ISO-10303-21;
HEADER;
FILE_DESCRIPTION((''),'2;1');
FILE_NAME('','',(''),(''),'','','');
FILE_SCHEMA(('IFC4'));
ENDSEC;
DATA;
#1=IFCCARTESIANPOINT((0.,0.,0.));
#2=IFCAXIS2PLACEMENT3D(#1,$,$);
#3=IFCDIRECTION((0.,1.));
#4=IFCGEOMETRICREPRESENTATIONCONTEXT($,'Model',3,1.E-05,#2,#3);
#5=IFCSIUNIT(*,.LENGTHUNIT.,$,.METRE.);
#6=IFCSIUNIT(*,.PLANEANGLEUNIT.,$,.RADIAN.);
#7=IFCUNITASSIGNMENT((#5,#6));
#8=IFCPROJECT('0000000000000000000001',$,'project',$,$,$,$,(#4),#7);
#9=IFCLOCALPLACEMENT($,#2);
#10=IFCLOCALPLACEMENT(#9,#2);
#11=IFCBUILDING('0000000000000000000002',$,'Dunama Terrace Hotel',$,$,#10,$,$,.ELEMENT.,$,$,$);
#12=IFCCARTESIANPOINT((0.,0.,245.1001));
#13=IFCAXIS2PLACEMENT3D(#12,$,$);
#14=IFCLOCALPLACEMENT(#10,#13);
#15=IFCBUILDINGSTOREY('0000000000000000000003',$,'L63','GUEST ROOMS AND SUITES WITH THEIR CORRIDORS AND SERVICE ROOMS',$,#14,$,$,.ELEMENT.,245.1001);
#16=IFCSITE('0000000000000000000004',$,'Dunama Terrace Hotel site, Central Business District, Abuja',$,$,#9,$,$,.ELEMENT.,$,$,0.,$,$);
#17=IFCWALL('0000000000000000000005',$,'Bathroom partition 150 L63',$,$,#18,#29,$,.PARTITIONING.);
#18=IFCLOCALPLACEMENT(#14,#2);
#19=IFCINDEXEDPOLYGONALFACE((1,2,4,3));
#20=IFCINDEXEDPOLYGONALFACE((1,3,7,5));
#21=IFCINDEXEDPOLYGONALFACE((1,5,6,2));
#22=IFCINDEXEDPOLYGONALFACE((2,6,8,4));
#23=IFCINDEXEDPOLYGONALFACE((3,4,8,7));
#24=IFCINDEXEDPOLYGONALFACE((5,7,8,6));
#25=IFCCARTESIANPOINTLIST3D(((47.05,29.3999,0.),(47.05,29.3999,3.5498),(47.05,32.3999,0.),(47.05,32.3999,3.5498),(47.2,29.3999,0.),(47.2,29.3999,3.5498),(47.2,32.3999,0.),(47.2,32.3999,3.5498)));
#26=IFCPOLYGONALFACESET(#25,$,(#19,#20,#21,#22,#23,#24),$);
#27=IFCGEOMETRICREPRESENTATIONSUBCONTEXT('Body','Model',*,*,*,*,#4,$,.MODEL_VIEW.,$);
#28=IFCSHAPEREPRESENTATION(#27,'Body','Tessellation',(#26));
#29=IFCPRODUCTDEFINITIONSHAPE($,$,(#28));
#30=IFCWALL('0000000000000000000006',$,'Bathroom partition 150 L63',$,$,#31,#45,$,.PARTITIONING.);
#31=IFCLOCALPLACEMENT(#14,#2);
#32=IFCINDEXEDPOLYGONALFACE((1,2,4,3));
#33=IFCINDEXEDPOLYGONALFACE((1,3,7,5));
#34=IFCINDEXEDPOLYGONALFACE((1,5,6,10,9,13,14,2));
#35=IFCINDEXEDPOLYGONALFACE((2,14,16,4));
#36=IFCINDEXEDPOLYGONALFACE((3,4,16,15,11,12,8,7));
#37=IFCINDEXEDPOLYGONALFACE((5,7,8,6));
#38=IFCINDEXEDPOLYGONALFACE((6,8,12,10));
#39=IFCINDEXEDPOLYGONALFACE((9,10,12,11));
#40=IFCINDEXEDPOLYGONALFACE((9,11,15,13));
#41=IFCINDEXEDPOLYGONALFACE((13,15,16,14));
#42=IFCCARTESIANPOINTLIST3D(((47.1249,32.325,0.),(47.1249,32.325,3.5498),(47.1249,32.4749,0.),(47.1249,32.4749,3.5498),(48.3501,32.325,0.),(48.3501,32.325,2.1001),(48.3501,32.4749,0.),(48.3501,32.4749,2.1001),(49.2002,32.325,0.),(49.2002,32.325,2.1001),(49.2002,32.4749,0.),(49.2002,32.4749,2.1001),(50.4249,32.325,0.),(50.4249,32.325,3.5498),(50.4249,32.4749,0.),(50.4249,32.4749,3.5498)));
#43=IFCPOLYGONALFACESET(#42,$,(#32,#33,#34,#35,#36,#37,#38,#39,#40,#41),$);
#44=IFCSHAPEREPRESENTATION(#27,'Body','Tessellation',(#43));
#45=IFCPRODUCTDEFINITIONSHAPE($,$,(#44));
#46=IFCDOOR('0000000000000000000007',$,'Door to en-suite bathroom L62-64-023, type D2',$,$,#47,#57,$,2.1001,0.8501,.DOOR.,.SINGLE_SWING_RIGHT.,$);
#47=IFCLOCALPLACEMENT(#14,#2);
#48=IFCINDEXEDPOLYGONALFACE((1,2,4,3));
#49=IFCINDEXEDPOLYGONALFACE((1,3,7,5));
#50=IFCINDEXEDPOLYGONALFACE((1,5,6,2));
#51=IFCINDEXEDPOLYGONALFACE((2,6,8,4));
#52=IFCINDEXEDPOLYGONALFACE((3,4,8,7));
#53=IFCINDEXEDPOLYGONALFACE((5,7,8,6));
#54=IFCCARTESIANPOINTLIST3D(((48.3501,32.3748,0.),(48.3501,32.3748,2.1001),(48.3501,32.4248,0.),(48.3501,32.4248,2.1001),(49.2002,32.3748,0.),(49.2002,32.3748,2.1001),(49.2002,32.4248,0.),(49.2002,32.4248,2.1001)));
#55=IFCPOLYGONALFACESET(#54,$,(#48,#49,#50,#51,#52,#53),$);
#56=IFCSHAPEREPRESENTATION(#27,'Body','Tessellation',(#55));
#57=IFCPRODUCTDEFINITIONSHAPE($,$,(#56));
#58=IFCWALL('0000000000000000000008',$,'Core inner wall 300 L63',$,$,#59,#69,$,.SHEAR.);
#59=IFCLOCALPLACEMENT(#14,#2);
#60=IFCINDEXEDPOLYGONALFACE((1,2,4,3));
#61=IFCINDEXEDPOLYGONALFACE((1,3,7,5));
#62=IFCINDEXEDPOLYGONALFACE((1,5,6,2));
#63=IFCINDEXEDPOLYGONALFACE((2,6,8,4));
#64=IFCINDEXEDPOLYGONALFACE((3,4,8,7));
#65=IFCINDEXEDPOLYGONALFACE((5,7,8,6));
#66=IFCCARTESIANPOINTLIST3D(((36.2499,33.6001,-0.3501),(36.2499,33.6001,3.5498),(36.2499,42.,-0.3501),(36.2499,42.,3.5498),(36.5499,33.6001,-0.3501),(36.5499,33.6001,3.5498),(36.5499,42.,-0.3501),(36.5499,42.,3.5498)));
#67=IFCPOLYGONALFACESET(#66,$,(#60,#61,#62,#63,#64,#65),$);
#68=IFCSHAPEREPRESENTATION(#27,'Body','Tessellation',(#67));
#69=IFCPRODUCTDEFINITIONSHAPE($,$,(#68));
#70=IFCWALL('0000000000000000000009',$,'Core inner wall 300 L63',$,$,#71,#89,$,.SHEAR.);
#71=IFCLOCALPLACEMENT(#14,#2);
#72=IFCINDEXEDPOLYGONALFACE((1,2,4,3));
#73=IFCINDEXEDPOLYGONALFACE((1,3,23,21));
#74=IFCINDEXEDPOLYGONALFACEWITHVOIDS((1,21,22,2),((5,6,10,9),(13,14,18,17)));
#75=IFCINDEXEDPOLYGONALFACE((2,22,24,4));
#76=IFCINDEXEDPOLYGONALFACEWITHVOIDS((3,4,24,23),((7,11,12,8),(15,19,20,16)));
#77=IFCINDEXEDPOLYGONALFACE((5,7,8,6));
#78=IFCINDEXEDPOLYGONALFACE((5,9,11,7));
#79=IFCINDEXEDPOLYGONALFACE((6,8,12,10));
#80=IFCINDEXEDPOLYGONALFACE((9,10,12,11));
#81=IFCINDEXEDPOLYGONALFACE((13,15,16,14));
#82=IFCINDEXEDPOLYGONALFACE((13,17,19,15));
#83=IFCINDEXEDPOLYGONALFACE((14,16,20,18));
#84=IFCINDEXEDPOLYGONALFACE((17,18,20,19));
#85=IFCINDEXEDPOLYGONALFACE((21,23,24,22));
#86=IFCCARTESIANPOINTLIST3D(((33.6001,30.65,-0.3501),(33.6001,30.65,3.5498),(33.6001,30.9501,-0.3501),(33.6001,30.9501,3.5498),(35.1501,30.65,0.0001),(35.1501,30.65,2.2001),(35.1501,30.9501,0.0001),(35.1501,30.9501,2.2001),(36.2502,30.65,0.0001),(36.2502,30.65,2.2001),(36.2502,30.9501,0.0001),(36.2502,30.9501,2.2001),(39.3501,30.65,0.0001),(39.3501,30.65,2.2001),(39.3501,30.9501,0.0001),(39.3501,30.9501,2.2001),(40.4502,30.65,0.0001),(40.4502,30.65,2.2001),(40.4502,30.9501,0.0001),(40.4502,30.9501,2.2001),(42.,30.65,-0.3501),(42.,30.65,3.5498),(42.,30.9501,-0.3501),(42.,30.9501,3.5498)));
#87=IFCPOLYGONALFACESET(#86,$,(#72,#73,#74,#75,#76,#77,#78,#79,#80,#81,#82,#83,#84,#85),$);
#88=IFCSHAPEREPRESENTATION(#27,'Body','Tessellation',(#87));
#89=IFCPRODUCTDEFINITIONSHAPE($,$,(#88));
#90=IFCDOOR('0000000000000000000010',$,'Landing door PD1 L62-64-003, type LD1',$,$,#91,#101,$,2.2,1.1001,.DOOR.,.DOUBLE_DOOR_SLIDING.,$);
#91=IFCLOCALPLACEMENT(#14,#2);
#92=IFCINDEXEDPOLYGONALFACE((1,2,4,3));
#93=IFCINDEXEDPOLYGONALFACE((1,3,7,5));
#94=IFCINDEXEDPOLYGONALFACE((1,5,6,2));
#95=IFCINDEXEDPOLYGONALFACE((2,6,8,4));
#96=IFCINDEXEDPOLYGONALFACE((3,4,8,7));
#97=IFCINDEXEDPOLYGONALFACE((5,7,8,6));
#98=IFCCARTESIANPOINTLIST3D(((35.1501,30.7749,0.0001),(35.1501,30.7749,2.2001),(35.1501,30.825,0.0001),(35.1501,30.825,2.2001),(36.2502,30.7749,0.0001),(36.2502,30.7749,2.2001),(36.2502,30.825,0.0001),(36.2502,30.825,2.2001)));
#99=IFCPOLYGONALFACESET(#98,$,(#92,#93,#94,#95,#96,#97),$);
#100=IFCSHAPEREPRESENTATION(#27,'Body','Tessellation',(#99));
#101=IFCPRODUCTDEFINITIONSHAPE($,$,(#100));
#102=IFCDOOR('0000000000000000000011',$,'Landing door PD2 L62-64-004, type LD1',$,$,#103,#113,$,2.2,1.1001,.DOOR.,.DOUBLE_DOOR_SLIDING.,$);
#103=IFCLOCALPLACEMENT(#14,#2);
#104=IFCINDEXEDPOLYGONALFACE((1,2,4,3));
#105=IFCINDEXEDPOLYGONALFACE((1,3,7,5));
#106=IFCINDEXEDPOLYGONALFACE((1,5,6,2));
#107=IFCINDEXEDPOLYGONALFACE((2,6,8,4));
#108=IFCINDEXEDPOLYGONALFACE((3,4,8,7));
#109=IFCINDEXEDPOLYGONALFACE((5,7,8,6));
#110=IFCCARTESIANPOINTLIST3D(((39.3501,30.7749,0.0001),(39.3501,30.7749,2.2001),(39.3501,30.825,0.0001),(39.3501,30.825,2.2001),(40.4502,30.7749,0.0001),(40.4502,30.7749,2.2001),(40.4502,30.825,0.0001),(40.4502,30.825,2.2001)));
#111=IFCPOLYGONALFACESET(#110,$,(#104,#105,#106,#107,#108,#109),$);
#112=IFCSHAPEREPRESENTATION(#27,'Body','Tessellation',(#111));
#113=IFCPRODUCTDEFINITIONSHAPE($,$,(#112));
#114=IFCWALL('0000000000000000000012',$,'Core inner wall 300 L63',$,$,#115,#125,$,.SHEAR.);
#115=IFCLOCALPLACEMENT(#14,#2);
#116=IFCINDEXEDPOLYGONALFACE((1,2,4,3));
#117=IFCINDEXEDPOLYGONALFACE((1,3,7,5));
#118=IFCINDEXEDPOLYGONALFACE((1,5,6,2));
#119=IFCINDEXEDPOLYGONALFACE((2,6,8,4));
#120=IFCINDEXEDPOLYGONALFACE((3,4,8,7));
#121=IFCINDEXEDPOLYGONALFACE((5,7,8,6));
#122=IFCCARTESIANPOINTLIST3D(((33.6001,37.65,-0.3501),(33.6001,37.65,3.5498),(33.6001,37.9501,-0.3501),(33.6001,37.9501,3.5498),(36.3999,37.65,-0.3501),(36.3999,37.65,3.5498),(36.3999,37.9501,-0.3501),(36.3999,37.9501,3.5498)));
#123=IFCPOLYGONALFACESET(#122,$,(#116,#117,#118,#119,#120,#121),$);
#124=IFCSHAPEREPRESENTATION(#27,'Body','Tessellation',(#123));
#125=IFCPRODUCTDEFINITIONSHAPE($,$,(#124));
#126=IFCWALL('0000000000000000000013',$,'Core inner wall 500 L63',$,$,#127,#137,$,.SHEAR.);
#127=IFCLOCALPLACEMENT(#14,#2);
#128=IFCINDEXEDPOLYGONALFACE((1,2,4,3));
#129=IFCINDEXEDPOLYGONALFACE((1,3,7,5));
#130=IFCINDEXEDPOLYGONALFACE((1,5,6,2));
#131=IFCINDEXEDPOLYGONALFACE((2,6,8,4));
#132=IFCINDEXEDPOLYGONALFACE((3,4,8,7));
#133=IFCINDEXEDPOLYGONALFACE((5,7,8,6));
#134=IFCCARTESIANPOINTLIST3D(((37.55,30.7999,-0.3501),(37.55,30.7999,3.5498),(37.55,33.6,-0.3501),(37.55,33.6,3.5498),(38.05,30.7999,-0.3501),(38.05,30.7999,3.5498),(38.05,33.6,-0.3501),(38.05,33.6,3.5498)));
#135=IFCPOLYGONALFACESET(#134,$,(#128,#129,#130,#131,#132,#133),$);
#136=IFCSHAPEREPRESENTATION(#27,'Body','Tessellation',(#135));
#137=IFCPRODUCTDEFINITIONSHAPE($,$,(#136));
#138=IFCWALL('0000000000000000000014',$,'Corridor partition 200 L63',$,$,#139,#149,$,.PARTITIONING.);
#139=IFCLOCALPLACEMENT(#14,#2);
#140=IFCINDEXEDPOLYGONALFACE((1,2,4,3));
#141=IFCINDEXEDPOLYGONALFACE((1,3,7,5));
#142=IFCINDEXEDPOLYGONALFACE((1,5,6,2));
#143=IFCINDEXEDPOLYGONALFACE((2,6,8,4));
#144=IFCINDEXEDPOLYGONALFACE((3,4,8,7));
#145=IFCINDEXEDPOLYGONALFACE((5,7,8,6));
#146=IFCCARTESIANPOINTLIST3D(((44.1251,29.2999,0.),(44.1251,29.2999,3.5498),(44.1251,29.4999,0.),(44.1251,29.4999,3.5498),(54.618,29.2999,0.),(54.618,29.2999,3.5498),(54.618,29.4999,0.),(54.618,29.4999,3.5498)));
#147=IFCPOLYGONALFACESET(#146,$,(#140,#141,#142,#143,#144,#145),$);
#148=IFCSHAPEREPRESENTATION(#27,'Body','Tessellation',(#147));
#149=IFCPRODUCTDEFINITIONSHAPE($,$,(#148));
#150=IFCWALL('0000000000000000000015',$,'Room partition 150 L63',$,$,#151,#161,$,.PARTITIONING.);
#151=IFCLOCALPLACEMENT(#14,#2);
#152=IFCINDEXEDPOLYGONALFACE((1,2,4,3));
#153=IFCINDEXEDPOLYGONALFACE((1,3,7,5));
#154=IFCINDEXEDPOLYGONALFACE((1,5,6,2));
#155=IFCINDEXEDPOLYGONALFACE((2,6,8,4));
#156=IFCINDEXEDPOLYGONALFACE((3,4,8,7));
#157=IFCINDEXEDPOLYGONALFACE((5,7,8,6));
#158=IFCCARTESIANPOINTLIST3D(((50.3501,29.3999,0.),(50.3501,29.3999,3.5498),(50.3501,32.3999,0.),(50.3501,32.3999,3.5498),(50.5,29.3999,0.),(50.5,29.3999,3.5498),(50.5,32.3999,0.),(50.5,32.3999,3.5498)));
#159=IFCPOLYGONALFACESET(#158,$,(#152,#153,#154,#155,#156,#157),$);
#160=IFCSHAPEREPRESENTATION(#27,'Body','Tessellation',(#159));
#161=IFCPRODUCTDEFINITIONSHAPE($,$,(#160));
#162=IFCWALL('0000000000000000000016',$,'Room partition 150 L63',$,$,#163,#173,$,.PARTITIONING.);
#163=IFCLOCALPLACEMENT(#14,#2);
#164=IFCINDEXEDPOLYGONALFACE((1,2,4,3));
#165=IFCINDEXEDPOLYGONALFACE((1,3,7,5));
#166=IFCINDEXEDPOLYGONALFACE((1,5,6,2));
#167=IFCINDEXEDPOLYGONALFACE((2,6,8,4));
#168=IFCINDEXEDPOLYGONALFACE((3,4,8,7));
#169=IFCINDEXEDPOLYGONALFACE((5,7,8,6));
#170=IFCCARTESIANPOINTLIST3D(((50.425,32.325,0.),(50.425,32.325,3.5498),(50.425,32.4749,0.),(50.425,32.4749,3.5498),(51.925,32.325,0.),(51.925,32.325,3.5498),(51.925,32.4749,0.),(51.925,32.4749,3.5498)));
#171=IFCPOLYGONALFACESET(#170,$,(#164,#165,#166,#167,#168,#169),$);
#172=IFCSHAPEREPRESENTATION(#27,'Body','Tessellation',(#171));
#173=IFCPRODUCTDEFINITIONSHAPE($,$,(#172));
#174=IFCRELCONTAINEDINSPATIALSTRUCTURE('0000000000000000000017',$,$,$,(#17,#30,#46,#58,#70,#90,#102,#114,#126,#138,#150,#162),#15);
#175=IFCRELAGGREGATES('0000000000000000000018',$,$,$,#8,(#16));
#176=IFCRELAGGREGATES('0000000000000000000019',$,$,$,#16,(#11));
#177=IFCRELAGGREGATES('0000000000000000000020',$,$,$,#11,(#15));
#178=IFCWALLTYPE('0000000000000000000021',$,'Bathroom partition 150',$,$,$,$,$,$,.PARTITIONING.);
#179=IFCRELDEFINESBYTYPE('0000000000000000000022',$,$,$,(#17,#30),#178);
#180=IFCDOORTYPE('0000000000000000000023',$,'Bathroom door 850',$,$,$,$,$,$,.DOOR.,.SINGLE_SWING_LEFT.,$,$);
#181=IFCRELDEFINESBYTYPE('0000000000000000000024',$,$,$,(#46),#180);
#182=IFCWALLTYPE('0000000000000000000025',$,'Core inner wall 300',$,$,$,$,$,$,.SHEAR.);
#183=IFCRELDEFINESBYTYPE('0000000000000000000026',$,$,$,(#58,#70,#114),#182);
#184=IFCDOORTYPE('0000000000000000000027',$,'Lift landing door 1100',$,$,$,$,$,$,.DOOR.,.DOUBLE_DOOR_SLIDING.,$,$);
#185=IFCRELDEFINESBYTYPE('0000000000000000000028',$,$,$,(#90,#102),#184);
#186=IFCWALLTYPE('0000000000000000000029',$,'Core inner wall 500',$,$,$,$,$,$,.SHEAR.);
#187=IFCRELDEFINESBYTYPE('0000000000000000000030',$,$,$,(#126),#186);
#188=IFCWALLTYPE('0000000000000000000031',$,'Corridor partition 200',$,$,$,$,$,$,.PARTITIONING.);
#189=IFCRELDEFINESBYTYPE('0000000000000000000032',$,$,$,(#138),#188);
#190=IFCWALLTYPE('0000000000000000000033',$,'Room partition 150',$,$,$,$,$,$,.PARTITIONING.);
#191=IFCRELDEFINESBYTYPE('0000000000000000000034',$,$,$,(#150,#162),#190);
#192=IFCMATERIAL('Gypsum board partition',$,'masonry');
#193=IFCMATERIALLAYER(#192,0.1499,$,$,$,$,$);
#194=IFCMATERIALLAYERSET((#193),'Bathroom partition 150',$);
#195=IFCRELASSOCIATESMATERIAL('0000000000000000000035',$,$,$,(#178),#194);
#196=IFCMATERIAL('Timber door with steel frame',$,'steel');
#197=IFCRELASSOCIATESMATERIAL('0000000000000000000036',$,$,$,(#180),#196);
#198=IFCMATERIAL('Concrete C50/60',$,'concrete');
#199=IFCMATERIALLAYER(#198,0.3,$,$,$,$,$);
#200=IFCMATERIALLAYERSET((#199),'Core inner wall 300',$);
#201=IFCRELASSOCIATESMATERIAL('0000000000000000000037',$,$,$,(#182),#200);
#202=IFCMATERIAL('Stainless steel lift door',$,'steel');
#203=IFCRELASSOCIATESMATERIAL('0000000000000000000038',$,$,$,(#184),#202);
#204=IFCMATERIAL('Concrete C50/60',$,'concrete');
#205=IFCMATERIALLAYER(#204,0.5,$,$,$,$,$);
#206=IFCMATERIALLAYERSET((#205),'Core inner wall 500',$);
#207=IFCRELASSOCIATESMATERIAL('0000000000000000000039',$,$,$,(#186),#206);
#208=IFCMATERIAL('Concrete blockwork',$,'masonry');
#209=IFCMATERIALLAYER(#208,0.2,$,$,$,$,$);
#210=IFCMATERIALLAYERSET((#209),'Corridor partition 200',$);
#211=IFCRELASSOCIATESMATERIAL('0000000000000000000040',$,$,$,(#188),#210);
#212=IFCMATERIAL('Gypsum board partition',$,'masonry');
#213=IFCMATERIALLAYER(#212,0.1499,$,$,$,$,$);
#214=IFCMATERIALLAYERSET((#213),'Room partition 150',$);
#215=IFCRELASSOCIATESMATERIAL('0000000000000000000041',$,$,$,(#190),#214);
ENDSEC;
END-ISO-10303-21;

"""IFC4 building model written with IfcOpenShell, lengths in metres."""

from ifc_helpers import new_model, si_unit, direction, frame, frame_2d, origin, place, context, subcontext, project, spatial, rectangle, extrude, material, layer, layer_set, type_object, element, fill, save


model = new_model("IFC4")

# Units and contexts
model_context = context("Model", 3, precision=1e-05, world=origin(), true_north=direction((0.0, 1.0)))
body_context = subcontext(model_context, "Body", "Model", "MODEL_VIEW")
ifc_project = project(units=[si_unit("LENGTHUNIT", "METRE"), si_unit("PLANEANGLEUNIT", "RADIAN")], contexts=[model_context])

# Site, building, storey
site_placement = place(None, origin())
site = spatial("IfcSite", under=ifc_project, at=site_placement, Name="Dunama Terrace Hotel site, Central Business District, Abuja", CompositionType="ELEMENT", RefElevation=0.0)
building_placement = place(site_placement, origin())
building = spatial("IfcBuilding", under=site, at=building_placement, Name="Dunama Terrace Hotel", CompositionType="ELEMENT")
storey_placement = place(building_placement, frame((0.0, 0.0, 245.1001)))
storey = spatial("IfcBuildingStorey", under=building, at=storey_placement, Name="L63", Description="GUEST ROOMS AND SUITES WITH THEIR CORRIDORS AND SERVICE ROOMS", CompositionType="ELEMENT", Elevation=245.1001)

# Wall
ifc_material_1 = material(Name="Gypsum board partition", Category="masonry")
ifc_layer_1 = layer(ifc_material_1, 0.1499)
ifc_layer_set_1 = layer_set([ifc_layer_1], Name="Bathroom partition 150")
wall_type_1 = type_object("IfcWallType", Name="Bathroom partition 150", PredefinedType="PARTITIONING", material=ifc_layer_set_1)
wall_1_placement = place(storey_placement, frame((47.125, 29.3999, 0.0), z_axis=(0.0, 0.0, 1.0), x_axis=(0.0, 1.0, 0.0)))
element("IfcWall", 1, at=wall_1_placement, inside=storey, type_object=wall_type_1, Name="Bathroom partition 150 L63", PredefinedType="PARTITIONING", context=body_context, shape_type="SweptSolid", body=[
    extrude(rectangle(XDim=3.0, YDim=0.1499, at=frame_2d((1.5, 0.0))), origin(), (0.0, 0.0, 1.0), 3.5498),
])

# Wall, opening, door
wall_2_placement = place(storey_placement, frame((47.125, 32.3999, 0.0), z_axis=(0.0, 0.0, 1.0), x_axis=(1.0, 0.0, 0.0)))
wall_2 = element("IfcWall", 2, at=wall_2_placement, inside=storey, type_object=wall_type_1, Name="Bathroom partition 150 L63", PredefinedType="PARTITIONING", context=body_context, shape_type="SweptSolid", body=[
    extrude(rectangle(XDim=3.3, YDim=0.1499, at=frame_2d((1.6499, 0.0))), origin(), (0.0, 0.0, 1.0), 3.5498),
])
opening_1_placement = place(wall_2_placement, frame((1.2251, 0.0, 0.0)))
opening_1 = element("IfcOpeningElement", 3, at=opening_1_placement, cuts=wall_2, PredefinedType="OPENING", context=body_context, shape_type="SweptSolid", body=[
    extrude(rectangle(XDim=0.8501, YDim=2.1001, at=frame_2d((0.425, 1.05))), frame((0.0, 0.085, 0.0), z_axis=(0.0, -1.0, 0.0), x_axis=(1.0, 0.0, 0.0)), (0.0, 0.0, 1.0), 0.1699),
])
ifc_material_2 = material(Name="Timber door with steel frame", Category="steel")
door_type_1 = type_object("IfcDoorType", Name="Bathroom door 850", OperationType="SINGLE_SWING_LEFT", PredefinedType="DOOR", material=ifc_material_2)
door_1_placement = place(opening_1_placement, frame((0.8501, 0.0, 0.0), z_axis=(0.0, 0.0, 1.0), x_axis=(-1.0, 0.0, 0.0)))
door_1 = element("IfcDoor", 4, at=door_1_placement, inside=storey, type_object=door_type_1, Name="Door to en-suite bathroom L62-64-023, type D2", OperationType="SINGLE_SWING_RIGHT", OverallHeight=2.1001, OverallWidth=0.8501, PredefinedType="DOOR", context=body_context, shape_type="SweptSolid", body=[
    extrude(rectangle(XDim=0.8501, YDim=2.1001, at=frame_2d((0.425, 1.05))), frame((0.0, 0.0251, 0.0), z_axis=(0.0, -1.0, 0.0), x_axis=(1.0, 0.0, 0.0)), (0.0, 0.0, 1.0), 0.05),
])
fill(opening_1, door_1)

# Wall
ifc_material_3 = material(Name="Concrete C50/60", Category="concrete")
ifc_layer_2 = layer(ifc_material_3, 0.3)
ifc_layer_set_2 = layer_set([ifc_layer_2], Name="Core inner wall 300")
wall_type_2 = type_object("IfcWallType", Name="Core inner wall 300", PredefinedType="SHEAR", material=ifc_layer_set_2)
wall_3_placement = place(storey_placement, frame((36.3999, 33.6001, -0.3501), z_axis=(0.0, 0.0, 1.0), x_axis=(0.0, 1.0, 0.0)))
element("IfcWall", 5, at=wall_3_placement, inside=storey, type_object=wall_type_2, Name="Core inner wall 300 L63", PredefinedType="SHEAR", context=body_context, shape_type="SweptSolid", body=[
    extrude(rectangle(XDim=8.3999, YDim=0.3, at=frame_2d((4.2, 0.0))), origin(), (0.0, 0.0, 1.0), 3.8999),
])

# Wall, openings, doors
wall_4_placement = place(storey_placement, frame((33.6001, 30.8, -0.3501), z_axis=(0.0, 0.0, 1.0), x_axis=(1.0, 0.0, 0.0)))
wall_4 = element("IfcWall", 6, at=wall_4_placement, inside=storey, type_object=wall_type_2, Name="Core inner wall 300 L63", PredefinedType="SHEAR", context=body_context, shape_type="SweptSolid", body=[
    extrude(rectangle(XDim=8.3999, YDim=0.3, at=frame_2d((4.2, 0.0))), origin(), (0.0, 0.0, 1.0), 3.8999),
])
opening_2_placement = place(wall_4_placement, frame((1.55, 0.0, 0.3501)))
opening_2 = element("IfcOpeningElement", 7, at=opening_2_placement, cuts=wall_4, PredefinedType="OPENING", context=body_context, shape_type="SweptSolid", body=[
    extrude(rectangle(XDim=1.1001, YDim=2.2, at=frame_2d((0.55, 1.1001))), frame((0.0, 0.1599, 0.0), z_axis=(0.0, -1.0, 0.0), x_axis=(1.0, 0.0, 0.0)), (0.0, 0.0, 1.0), 0.3201),
])
opening_3_placement = place(wall_4_placement, frame((5.75, 0.0, 0.3501)))
opening_3 = element("IfcOpeningElement", 8, at=opening_3_placement, cuts=wall_4, PredefinedType="OPENING", context=body_context, shape_type="SweptSolid", body=[
    extrude(rectangle(XDim=1.1001, YDim=2.2, at=frame_2d((0.55, 1.1001))), frame((0.0, 0.1599, 0.0), z_axis=(0.0, -1.0, 0.0), x_axis=(1.0, 0.0, 0.0)), (0.0, 0.0, 1.0), 0.3201),
])
ifc_material_4 = material(Name="Stainless steel lift door", Category="steel")
door_type_2 = type_object("IfcDoorType", Name="Lift landing door 1100", OperationType="DOUBLE_DOOR_SLIDING", PredefinedType="DOOR", material=ifc_material_4)
door_2_placement = place(opening_2_placement, origin())
door_2 = element("IfcDoor", 9, at=door_2_placement, inside=storey, type_object=door_type_2, Name="Landing door PD1 L62-64-003, type LD1", OperationType="DOUBLE_DOOR_SLIDING", OverallHeight=2.2, OverallWidth=1.1001, PredefinedType="DOOR", context=body_context, shape_type="SweptSolid", body=[
    extrude(rectangle(XDim=1.1001, YDim=2.2, at=frame_2d((0.55, 1.1001))), frame((0.0, 0.0249, 0.0), z_axis=(0.0, -1.0, 0.0), x_axis=(1.0, 0.0, 0.0)), (0.0, 0.0, 1.0), 0.05),
])
fill(opening_2, door_2)
door_3_placement = place(opening_3_placement, origin())
door_3 = element("IfcDoor", 10, at=door_3_placement, inside=storey, type_object=door_type_2, Name="Landing door PD2 L62-64-004, type LD1", OperationType="DOUBLE_DOOR_SLIDING", OverallHeight=2.2, OverallWidth=1.1001, PredefinedType="DOOR", context=body_context, shape_type="SweptSolid", body=[
    extrude(rectangle(XDim=1.1001, YDim=2.2, at=frame_2d((0.55, 1.1001))), frame((0.0, 0.0249, 0.0), z_axis=(0.0, -1.0, 0.0), x_axis=(1.0, 0.0, 0.0)), (0.0, 0.0, 1.0), 0.05),
])
fill(opening_3, door_3)

# Walls
wall_5_placement = place(storey_placement, frame((33.6001, 37.8, -0.3501), z_axis=(0.0, 0.0, 1.0), x_axis=(1.0, 0.0, 0.0)))
element("IfcWall", 11, at=wall_5_placement, inside=storey, type_object=wall_type_2, Name="Core inner wall 300 L63", PredefinedType="SHEAR", context=body_context, shape_type="SweptSolid", body=[
    extrude(rectangle(XDim=2.7998, YDim=0.3, at=frame_2d((1.3999, 0.0))), origin(), (0.0, 0.0, 1.0), 3.8999),
])
ifc_material_5 = material(Name="Concrete C50/60", Category="concrete")
ifc_layer_3 = layer(ifc_material_5, 0.5)
ifc_layer_set_3 = layer_set([ifc_layer_3], Name="Core inner wall 500")
wall_type_3 = type_object("IfcWallType", Name="Core inner wall 500", PredefinedType="SHEAR", material=ifc_layer_set_3)
wall_6_placement = place(storey_placement, frame((37.8, 30.8, -0.3501), z_axis=(0.0, 0.0, 1.0), x_axis=(0.0, 1.0, 0.0)))
element("IfcWall", 12, at=wall_6_placement, inside=storey, type_object=wall_type_3, Name="Core inner wall 500 L63", PredefinedType="SHEAR", context=body_context, shape_type="SweptSolid", body=[
    extrude(rectangle(XDim=2.8, YDim=0.5, at=frame_2d((1.3999, 0.0))), origin(), (0.0, 0.0, 1.0), 3.8999),
])
ifc_material_6 = material(Name="Concrete blockwork", Category="masonry")
ifc_layer_4 = layer(ifc_material_6, 0.2)
ifc_layer_set_4 = layer_set([ifc_layer_4], Name="Corridor partition 200")
wall_type_4 = type_object("IfcWallType", Name="Corridor partition 200", PredefinedType="PARTITIONING", material=ifc_layer_set_4)
wall_7_placement = place(storey_placement, frame((44.125, 29.3999, 0.0), z_axis=(0.0, 0.0, 1.0), x_axis=(1.0, 0.0, 0.0)))
element("IfcWall", 13, at=wall_7_placement, inside=storey, type_object=wall_type_4, Name="Corridor partition 200 L63", PredefinedType="PARTITIONING", context=body_context, shape_type="SweptSolid", body=[
    extrude(rectangle(XDim=10.4929, YDim=0.2, at=frame_2d((5.2466, 0.0))), origin(), (0.0, 0.0, 1.0), 3.5498),
])
ifc_material_7 = material(Name="Gypsum board partition", Category="masonry")
ifc_layer_5 = layer(ifc_material_7, 0.1499)
ifc_layer_set_5 = layer_set([ifc_layer_5], Name="Room partition 150")
wall_type_5 = type_object("IfcWallType", Name="Room partition 150", PredefinedType="PARTITIONING", material=ifc_layer_set_5)
wall_8_placement = place(storey_placement, frame((50.425, 29.3999, 0.0), z_axis=(0.0, 0.0, 1.0), x_axis=(0.0, 1.0, 0.0)))
element("IfcWall", 14, at=wall_8_placement, inside=storey, type_object=wall_type_5, Name="Room partition 150 L63", PredefinedType="PARTITIONING", context=body_context, shape_type="SweptSolid", body=[
    extrude(rectangle(XDim=3.0, YDim=0.1499, at=frame_2d((1.5, 0.0))), origin(), (0.0, 0.0, 1.0), 3.5498),
])
wall_9_placement = place(storey_placement, frame((50.425, 32.3999, 0.0), z_axis=(0.0, 0.0, 1.0), x_axis=(1.0, 0.0, 0.0)))
element("IfcWall", 15, at=wall_9_placement, inside=storey, type_object=wall_type_5, Name="Room partition 150 L63", PredefinedType="PARTITIONING", context=body_context, shape_type="SweptSolid", body=[
    extrude(rectangle(XDim=1.5, YDim=0.1499, at=frame_2d((0.75, 0.0))), origin(), (0.0, 0.0, 1.0), 3.5498),
])

save(model, "model.ifc")
